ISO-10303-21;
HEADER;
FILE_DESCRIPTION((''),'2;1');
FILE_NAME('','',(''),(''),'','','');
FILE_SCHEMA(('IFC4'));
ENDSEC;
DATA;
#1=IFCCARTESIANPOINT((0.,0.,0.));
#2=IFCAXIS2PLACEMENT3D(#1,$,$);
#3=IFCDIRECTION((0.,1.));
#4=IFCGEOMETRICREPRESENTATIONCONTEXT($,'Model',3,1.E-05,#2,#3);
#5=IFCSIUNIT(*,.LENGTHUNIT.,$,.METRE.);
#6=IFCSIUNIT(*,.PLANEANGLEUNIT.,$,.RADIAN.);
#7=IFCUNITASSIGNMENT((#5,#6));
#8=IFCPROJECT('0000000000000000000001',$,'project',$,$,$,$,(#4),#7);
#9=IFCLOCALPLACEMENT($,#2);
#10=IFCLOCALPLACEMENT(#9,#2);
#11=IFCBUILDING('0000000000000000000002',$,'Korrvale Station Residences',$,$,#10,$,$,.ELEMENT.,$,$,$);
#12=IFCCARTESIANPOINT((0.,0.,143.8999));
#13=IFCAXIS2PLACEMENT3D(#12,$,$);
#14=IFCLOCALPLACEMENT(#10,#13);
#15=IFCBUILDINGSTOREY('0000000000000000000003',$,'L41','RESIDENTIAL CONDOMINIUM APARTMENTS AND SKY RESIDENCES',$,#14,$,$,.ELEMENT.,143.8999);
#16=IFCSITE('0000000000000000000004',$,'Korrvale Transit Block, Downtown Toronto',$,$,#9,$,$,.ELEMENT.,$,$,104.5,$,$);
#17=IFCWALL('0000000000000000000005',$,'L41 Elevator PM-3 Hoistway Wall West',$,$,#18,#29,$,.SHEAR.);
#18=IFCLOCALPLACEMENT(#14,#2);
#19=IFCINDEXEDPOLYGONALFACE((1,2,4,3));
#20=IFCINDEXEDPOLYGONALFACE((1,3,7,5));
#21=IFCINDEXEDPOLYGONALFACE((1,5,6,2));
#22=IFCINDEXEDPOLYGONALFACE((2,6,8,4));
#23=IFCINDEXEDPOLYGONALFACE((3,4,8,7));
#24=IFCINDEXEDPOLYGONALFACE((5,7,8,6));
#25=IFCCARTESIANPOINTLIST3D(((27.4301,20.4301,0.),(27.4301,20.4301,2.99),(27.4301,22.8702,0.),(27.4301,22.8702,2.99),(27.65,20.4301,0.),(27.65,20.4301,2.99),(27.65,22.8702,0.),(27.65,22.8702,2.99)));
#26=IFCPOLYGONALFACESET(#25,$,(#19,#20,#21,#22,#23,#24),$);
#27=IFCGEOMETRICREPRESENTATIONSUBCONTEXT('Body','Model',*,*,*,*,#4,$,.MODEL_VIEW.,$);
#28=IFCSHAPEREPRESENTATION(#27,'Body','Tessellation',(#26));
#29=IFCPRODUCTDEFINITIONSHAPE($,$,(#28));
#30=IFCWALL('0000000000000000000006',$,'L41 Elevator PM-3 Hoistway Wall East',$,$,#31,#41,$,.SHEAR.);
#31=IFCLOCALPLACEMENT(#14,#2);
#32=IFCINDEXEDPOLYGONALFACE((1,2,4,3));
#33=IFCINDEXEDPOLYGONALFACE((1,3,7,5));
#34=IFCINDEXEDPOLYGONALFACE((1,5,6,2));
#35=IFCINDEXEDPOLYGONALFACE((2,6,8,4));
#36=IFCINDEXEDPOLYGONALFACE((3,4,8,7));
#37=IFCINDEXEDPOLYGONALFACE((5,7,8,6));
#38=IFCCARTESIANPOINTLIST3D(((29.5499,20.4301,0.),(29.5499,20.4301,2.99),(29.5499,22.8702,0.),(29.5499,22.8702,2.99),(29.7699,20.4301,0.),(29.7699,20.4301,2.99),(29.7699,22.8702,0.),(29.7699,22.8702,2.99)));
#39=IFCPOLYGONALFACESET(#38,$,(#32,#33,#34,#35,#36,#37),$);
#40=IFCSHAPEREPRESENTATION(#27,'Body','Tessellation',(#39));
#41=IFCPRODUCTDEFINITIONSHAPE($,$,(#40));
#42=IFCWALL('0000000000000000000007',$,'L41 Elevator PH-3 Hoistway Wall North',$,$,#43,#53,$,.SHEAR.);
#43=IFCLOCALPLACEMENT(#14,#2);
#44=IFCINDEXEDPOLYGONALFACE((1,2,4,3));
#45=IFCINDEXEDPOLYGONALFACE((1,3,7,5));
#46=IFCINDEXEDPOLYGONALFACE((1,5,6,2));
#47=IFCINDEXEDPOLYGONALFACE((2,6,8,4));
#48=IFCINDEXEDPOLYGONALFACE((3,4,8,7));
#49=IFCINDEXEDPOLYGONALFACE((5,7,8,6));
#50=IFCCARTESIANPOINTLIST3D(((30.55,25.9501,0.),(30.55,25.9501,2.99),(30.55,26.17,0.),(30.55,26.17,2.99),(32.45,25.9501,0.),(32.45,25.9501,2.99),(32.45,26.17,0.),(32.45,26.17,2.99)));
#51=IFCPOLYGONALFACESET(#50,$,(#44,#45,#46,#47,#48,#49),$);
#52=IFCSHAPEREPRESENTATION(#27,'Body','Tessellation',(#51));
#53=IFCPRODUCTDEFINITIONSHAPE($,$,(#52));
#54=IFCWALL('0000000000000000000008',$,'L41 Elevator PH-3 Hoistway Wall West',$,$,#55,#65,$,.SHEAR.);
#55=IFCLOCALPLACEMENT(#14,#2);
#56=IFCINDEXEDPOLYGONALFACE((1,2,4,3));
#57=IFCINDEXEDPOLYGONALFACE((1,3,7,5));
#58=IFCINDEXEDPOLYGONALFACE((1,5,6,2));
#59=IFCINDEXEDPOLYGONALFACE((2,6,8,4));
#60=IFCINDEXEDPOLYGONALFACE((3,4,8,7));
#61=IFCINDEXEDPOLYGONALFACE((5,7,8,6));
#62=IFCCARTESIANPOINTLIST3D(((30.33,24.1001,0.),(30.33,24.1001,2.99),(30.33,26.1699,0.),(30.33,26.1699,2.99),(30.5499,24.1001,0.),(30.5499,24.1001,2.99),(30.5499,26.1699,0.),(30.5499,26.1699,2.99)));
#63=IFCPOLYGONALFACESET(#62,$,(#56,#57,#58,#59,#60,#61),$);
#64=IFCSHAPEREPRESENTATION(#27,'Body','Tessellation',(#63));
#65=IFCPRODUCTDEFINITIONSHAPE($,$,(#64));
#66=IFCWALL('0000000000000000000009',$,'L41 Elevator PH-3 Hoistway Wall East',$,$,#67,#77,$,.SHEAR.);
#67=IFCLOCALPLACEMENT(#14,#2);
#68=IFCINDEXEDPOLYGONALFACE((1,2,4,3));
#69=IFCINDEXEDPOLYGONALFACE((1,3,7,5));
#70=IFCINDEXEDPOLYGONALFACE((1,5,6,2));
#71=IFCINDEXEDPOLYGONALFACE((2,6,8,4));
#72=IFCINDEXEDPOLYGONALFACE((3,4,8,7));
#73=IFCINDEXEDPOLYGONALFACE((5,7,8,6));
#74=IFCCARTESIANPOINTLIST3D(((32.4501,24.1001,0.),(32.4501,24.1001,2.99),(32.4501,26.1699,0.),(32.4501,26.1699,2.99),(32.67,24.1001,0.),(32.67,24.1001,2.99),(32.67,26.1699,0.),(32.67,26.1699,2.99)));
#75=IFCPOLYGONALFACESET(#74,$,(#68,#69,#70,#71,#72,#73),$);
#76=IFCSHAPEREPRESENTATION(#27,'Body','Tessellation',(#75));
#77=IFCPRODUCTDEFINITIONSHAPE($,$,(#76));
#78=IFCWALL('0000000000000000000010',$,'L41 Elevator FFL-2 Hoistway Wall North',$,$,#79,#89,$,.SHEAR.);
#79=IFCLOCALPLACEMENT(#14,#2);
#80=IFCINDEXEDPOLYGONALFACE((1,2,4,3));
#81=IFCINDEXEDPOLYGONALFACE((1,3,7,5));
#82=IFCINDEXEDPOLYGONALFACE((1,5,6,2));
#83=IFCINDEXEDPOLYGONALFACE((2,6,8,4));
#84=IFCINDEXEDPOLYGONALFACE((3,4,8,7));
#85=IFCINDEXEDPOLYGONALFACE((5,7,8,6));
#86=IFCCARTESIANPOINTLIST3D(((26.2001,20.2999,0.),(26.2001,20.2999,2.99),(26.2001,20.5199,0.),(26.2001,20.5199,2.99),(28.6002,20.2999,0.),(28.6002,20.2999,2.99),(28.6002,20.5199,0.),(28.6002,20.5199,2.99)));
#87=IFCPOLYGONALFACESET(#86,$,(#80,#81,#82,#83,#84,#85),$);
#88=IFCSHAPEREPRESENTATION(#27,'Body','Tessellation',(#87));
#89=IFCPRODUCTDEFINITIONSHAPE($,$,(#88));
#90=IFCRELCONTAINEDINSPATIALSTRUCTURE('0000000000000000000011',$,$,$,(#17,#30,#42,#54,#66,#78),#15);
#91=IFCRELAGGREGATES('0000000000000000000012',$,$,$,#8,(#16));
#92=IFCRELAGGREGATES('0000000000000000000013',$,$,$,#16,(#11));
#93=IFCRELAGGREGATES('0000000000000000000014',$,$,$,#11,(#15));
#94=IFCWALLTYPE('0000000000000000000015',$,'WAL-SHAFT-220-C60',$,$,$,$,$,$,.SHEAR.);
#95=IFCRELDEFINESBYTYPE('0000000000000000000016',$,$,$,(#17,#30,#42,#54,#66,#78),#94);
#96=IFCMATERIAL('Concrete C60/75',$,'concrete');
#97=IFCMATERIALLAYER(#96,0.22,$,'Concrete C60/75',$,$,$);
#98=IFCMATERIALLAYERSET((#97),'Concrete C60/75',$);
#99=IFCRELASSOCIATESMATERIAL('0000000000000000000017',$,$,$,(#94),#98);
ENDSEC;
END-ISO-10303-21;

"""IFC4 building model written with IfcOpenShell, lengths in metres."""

from ifc_helpers import new_model, si_unit, direction, frame, frame_2d, origin, place, context, subcontext, project, spatial, rectangle, extrude, material, layer, layer_set, type_object, element, save


model = new_model("IFC4")

# Units and contexts
model_context = context("Model", 3, precision=1e-05, world=origin(), true_north=direction((0.0, 1.0)))
body_context = subcontext(model_context, "Body", "Model", "MODEL_VIEW")
ifc_project = project(units=[si_unit("LENGTHUNIT", "METRE"), si_unit("PLANEANGLEUNIT", "RADIAN")], contexts=[model_context])

# Site, building, storey
site_placement = place(None, origin())
site = spatial("IfcSite", under=ifc_project, at=site_placement, Name="Korrvale Transit Block, Downtown Toronto", CompositionType="ELEMENT", RefElevation=104.5)
building_placement = place(site_placement, origin())
building = spatial("IfcBuilding", under=site, at=building_placement, Name="Korrvale Station Residences", CompositionType="ELEMENT")
storey_placement = place(building_placement, frame((0.0, 0.0, 143.8999)))
storey = spatial("IfcBuildingStorey", under=building, at=storey_placement, Name="L41", Description="RESIDENTIAL CONDOMINIUM APARTMENTS AND SKY RESIDENCES", CompositionType="ELEMENT", Elevation=143.8999)

# Shared definitions
ifc_material_1 = material(Name="Concrete C60/75", Category="concrete")

# Shared definitions
ifc_layer_1 = layer(ifc_material_1, 0.22, Name="Concrete C60/75")
ifc_layer_set_1 = layer_set([ifc_layer_1], Name="Concrete C60/75")
wall_type_1 = type_object("IfcWallType", Name="WAL-SHAFT-220-C60", PredefinedType="SHEAR", material=ifc_layer_set_1)

# Walls
for number, where, z_axis, x_axis, name in (
    (1, (27.54, 20.4299, 0.0), (0.0, 0.0, 1.0), (0.0, 1.0, 0.0), "L41 Elevator PM-3 Hoistway Wall West"),
    (2, (29.6599, 20.4299, 0.0), (0.0, 0.0, 1.0), (0.0, 1.0, 0.0), "L41 Elevator PM-3 Hoistway Wall East"),
):
    element("IfcWall", number, at=place(storey_placement, frame(where, z_axis=z_axis, x_axis=x_axis)), inside=storey, type_object=wall_type_1, Name=name, PredefinedType="SHEAR", context=body_context, shape_type="SweptSolid", body=[
        extrude(rectangle(XDim=2.4402, YDim=0.22, at=frame_2d((1.2202, 0.0))), origin(), (0.0, 0.0, 1.0), 2.99),
    ])
wall_1_placement = place(storey_placement, frame((30.55, 26.0601, 0.0), z_axis=(0.0, 0.0, 1.0), x_axis=(1.0, 0.0, 0.0)))
element("IfcWall", 3, at=wall_1_placement, inside=storey, type_object=wall_type_1, Name="L41 Elevator PH-3 Hoistway Wall North", PredefinedType="SHEAR", context=body_context, shape_type="SweptSolid", body=[
    extrude(rectangle(XDim=1.8999, YDim=0.22, at=frame_2d((0.95, 0.0))), origin(), (0.0, 0.0, 1.0), 2.99),
])
for number, where, z_axis, x_axis, name in (
    (4, (30.4399, 24.1001, 0.0), (0.0, 0.0, 1.0), (0.0, 1.0, 0.0), "L41 Elevator PH-3 Hoistway Wall West"),
    (5, (32.5601, 24.1001, 0.0), (0.0, 0.0, 1.0), (0.0, 1.0, 0.0), "L41 Elevator PH-3 Hoistway Wall East"),
):
    element("IfcWall", number, at=place(storey_placement, frame(where, z_axis=z_axis, x_axis=x_axis)), inside=storey, type_object=wall_type_1, Name=name, PredefinedType="SHEAR", context=body_context, shape_type="SweptSolid", body=[
        extrude(rectangle(XDim=2.0698, YDim=0.22, at=frame_2d((1.0349, 0.0))), origin(), (0.0, 0.0, 1.0), 2.99),
    ])
wall_2_placement = place(storey_placement, frame((26.2, 20.4099, 0.0), z_axis=(0.0, 0.0, 1.0), x_axis=(1.0, 0.0, 0.0)))
element("IfcWall", 6, at=wall_2_placement, inside=storey, type_object=wall_type_1, Name="L41 Elevator FFL-2 Hoistway Wall North", PredefinedType="SHEAR", context=body_context, shape_type="SweptSolid", body=[
    extrude(rectangle(XDim=2.4001, YDim=0.22, at=frame_2d((1.2002, 0.0))), origin(), (0.0, 0.0, 1.0), 2.99),
])

save(model, "model.ifc")
